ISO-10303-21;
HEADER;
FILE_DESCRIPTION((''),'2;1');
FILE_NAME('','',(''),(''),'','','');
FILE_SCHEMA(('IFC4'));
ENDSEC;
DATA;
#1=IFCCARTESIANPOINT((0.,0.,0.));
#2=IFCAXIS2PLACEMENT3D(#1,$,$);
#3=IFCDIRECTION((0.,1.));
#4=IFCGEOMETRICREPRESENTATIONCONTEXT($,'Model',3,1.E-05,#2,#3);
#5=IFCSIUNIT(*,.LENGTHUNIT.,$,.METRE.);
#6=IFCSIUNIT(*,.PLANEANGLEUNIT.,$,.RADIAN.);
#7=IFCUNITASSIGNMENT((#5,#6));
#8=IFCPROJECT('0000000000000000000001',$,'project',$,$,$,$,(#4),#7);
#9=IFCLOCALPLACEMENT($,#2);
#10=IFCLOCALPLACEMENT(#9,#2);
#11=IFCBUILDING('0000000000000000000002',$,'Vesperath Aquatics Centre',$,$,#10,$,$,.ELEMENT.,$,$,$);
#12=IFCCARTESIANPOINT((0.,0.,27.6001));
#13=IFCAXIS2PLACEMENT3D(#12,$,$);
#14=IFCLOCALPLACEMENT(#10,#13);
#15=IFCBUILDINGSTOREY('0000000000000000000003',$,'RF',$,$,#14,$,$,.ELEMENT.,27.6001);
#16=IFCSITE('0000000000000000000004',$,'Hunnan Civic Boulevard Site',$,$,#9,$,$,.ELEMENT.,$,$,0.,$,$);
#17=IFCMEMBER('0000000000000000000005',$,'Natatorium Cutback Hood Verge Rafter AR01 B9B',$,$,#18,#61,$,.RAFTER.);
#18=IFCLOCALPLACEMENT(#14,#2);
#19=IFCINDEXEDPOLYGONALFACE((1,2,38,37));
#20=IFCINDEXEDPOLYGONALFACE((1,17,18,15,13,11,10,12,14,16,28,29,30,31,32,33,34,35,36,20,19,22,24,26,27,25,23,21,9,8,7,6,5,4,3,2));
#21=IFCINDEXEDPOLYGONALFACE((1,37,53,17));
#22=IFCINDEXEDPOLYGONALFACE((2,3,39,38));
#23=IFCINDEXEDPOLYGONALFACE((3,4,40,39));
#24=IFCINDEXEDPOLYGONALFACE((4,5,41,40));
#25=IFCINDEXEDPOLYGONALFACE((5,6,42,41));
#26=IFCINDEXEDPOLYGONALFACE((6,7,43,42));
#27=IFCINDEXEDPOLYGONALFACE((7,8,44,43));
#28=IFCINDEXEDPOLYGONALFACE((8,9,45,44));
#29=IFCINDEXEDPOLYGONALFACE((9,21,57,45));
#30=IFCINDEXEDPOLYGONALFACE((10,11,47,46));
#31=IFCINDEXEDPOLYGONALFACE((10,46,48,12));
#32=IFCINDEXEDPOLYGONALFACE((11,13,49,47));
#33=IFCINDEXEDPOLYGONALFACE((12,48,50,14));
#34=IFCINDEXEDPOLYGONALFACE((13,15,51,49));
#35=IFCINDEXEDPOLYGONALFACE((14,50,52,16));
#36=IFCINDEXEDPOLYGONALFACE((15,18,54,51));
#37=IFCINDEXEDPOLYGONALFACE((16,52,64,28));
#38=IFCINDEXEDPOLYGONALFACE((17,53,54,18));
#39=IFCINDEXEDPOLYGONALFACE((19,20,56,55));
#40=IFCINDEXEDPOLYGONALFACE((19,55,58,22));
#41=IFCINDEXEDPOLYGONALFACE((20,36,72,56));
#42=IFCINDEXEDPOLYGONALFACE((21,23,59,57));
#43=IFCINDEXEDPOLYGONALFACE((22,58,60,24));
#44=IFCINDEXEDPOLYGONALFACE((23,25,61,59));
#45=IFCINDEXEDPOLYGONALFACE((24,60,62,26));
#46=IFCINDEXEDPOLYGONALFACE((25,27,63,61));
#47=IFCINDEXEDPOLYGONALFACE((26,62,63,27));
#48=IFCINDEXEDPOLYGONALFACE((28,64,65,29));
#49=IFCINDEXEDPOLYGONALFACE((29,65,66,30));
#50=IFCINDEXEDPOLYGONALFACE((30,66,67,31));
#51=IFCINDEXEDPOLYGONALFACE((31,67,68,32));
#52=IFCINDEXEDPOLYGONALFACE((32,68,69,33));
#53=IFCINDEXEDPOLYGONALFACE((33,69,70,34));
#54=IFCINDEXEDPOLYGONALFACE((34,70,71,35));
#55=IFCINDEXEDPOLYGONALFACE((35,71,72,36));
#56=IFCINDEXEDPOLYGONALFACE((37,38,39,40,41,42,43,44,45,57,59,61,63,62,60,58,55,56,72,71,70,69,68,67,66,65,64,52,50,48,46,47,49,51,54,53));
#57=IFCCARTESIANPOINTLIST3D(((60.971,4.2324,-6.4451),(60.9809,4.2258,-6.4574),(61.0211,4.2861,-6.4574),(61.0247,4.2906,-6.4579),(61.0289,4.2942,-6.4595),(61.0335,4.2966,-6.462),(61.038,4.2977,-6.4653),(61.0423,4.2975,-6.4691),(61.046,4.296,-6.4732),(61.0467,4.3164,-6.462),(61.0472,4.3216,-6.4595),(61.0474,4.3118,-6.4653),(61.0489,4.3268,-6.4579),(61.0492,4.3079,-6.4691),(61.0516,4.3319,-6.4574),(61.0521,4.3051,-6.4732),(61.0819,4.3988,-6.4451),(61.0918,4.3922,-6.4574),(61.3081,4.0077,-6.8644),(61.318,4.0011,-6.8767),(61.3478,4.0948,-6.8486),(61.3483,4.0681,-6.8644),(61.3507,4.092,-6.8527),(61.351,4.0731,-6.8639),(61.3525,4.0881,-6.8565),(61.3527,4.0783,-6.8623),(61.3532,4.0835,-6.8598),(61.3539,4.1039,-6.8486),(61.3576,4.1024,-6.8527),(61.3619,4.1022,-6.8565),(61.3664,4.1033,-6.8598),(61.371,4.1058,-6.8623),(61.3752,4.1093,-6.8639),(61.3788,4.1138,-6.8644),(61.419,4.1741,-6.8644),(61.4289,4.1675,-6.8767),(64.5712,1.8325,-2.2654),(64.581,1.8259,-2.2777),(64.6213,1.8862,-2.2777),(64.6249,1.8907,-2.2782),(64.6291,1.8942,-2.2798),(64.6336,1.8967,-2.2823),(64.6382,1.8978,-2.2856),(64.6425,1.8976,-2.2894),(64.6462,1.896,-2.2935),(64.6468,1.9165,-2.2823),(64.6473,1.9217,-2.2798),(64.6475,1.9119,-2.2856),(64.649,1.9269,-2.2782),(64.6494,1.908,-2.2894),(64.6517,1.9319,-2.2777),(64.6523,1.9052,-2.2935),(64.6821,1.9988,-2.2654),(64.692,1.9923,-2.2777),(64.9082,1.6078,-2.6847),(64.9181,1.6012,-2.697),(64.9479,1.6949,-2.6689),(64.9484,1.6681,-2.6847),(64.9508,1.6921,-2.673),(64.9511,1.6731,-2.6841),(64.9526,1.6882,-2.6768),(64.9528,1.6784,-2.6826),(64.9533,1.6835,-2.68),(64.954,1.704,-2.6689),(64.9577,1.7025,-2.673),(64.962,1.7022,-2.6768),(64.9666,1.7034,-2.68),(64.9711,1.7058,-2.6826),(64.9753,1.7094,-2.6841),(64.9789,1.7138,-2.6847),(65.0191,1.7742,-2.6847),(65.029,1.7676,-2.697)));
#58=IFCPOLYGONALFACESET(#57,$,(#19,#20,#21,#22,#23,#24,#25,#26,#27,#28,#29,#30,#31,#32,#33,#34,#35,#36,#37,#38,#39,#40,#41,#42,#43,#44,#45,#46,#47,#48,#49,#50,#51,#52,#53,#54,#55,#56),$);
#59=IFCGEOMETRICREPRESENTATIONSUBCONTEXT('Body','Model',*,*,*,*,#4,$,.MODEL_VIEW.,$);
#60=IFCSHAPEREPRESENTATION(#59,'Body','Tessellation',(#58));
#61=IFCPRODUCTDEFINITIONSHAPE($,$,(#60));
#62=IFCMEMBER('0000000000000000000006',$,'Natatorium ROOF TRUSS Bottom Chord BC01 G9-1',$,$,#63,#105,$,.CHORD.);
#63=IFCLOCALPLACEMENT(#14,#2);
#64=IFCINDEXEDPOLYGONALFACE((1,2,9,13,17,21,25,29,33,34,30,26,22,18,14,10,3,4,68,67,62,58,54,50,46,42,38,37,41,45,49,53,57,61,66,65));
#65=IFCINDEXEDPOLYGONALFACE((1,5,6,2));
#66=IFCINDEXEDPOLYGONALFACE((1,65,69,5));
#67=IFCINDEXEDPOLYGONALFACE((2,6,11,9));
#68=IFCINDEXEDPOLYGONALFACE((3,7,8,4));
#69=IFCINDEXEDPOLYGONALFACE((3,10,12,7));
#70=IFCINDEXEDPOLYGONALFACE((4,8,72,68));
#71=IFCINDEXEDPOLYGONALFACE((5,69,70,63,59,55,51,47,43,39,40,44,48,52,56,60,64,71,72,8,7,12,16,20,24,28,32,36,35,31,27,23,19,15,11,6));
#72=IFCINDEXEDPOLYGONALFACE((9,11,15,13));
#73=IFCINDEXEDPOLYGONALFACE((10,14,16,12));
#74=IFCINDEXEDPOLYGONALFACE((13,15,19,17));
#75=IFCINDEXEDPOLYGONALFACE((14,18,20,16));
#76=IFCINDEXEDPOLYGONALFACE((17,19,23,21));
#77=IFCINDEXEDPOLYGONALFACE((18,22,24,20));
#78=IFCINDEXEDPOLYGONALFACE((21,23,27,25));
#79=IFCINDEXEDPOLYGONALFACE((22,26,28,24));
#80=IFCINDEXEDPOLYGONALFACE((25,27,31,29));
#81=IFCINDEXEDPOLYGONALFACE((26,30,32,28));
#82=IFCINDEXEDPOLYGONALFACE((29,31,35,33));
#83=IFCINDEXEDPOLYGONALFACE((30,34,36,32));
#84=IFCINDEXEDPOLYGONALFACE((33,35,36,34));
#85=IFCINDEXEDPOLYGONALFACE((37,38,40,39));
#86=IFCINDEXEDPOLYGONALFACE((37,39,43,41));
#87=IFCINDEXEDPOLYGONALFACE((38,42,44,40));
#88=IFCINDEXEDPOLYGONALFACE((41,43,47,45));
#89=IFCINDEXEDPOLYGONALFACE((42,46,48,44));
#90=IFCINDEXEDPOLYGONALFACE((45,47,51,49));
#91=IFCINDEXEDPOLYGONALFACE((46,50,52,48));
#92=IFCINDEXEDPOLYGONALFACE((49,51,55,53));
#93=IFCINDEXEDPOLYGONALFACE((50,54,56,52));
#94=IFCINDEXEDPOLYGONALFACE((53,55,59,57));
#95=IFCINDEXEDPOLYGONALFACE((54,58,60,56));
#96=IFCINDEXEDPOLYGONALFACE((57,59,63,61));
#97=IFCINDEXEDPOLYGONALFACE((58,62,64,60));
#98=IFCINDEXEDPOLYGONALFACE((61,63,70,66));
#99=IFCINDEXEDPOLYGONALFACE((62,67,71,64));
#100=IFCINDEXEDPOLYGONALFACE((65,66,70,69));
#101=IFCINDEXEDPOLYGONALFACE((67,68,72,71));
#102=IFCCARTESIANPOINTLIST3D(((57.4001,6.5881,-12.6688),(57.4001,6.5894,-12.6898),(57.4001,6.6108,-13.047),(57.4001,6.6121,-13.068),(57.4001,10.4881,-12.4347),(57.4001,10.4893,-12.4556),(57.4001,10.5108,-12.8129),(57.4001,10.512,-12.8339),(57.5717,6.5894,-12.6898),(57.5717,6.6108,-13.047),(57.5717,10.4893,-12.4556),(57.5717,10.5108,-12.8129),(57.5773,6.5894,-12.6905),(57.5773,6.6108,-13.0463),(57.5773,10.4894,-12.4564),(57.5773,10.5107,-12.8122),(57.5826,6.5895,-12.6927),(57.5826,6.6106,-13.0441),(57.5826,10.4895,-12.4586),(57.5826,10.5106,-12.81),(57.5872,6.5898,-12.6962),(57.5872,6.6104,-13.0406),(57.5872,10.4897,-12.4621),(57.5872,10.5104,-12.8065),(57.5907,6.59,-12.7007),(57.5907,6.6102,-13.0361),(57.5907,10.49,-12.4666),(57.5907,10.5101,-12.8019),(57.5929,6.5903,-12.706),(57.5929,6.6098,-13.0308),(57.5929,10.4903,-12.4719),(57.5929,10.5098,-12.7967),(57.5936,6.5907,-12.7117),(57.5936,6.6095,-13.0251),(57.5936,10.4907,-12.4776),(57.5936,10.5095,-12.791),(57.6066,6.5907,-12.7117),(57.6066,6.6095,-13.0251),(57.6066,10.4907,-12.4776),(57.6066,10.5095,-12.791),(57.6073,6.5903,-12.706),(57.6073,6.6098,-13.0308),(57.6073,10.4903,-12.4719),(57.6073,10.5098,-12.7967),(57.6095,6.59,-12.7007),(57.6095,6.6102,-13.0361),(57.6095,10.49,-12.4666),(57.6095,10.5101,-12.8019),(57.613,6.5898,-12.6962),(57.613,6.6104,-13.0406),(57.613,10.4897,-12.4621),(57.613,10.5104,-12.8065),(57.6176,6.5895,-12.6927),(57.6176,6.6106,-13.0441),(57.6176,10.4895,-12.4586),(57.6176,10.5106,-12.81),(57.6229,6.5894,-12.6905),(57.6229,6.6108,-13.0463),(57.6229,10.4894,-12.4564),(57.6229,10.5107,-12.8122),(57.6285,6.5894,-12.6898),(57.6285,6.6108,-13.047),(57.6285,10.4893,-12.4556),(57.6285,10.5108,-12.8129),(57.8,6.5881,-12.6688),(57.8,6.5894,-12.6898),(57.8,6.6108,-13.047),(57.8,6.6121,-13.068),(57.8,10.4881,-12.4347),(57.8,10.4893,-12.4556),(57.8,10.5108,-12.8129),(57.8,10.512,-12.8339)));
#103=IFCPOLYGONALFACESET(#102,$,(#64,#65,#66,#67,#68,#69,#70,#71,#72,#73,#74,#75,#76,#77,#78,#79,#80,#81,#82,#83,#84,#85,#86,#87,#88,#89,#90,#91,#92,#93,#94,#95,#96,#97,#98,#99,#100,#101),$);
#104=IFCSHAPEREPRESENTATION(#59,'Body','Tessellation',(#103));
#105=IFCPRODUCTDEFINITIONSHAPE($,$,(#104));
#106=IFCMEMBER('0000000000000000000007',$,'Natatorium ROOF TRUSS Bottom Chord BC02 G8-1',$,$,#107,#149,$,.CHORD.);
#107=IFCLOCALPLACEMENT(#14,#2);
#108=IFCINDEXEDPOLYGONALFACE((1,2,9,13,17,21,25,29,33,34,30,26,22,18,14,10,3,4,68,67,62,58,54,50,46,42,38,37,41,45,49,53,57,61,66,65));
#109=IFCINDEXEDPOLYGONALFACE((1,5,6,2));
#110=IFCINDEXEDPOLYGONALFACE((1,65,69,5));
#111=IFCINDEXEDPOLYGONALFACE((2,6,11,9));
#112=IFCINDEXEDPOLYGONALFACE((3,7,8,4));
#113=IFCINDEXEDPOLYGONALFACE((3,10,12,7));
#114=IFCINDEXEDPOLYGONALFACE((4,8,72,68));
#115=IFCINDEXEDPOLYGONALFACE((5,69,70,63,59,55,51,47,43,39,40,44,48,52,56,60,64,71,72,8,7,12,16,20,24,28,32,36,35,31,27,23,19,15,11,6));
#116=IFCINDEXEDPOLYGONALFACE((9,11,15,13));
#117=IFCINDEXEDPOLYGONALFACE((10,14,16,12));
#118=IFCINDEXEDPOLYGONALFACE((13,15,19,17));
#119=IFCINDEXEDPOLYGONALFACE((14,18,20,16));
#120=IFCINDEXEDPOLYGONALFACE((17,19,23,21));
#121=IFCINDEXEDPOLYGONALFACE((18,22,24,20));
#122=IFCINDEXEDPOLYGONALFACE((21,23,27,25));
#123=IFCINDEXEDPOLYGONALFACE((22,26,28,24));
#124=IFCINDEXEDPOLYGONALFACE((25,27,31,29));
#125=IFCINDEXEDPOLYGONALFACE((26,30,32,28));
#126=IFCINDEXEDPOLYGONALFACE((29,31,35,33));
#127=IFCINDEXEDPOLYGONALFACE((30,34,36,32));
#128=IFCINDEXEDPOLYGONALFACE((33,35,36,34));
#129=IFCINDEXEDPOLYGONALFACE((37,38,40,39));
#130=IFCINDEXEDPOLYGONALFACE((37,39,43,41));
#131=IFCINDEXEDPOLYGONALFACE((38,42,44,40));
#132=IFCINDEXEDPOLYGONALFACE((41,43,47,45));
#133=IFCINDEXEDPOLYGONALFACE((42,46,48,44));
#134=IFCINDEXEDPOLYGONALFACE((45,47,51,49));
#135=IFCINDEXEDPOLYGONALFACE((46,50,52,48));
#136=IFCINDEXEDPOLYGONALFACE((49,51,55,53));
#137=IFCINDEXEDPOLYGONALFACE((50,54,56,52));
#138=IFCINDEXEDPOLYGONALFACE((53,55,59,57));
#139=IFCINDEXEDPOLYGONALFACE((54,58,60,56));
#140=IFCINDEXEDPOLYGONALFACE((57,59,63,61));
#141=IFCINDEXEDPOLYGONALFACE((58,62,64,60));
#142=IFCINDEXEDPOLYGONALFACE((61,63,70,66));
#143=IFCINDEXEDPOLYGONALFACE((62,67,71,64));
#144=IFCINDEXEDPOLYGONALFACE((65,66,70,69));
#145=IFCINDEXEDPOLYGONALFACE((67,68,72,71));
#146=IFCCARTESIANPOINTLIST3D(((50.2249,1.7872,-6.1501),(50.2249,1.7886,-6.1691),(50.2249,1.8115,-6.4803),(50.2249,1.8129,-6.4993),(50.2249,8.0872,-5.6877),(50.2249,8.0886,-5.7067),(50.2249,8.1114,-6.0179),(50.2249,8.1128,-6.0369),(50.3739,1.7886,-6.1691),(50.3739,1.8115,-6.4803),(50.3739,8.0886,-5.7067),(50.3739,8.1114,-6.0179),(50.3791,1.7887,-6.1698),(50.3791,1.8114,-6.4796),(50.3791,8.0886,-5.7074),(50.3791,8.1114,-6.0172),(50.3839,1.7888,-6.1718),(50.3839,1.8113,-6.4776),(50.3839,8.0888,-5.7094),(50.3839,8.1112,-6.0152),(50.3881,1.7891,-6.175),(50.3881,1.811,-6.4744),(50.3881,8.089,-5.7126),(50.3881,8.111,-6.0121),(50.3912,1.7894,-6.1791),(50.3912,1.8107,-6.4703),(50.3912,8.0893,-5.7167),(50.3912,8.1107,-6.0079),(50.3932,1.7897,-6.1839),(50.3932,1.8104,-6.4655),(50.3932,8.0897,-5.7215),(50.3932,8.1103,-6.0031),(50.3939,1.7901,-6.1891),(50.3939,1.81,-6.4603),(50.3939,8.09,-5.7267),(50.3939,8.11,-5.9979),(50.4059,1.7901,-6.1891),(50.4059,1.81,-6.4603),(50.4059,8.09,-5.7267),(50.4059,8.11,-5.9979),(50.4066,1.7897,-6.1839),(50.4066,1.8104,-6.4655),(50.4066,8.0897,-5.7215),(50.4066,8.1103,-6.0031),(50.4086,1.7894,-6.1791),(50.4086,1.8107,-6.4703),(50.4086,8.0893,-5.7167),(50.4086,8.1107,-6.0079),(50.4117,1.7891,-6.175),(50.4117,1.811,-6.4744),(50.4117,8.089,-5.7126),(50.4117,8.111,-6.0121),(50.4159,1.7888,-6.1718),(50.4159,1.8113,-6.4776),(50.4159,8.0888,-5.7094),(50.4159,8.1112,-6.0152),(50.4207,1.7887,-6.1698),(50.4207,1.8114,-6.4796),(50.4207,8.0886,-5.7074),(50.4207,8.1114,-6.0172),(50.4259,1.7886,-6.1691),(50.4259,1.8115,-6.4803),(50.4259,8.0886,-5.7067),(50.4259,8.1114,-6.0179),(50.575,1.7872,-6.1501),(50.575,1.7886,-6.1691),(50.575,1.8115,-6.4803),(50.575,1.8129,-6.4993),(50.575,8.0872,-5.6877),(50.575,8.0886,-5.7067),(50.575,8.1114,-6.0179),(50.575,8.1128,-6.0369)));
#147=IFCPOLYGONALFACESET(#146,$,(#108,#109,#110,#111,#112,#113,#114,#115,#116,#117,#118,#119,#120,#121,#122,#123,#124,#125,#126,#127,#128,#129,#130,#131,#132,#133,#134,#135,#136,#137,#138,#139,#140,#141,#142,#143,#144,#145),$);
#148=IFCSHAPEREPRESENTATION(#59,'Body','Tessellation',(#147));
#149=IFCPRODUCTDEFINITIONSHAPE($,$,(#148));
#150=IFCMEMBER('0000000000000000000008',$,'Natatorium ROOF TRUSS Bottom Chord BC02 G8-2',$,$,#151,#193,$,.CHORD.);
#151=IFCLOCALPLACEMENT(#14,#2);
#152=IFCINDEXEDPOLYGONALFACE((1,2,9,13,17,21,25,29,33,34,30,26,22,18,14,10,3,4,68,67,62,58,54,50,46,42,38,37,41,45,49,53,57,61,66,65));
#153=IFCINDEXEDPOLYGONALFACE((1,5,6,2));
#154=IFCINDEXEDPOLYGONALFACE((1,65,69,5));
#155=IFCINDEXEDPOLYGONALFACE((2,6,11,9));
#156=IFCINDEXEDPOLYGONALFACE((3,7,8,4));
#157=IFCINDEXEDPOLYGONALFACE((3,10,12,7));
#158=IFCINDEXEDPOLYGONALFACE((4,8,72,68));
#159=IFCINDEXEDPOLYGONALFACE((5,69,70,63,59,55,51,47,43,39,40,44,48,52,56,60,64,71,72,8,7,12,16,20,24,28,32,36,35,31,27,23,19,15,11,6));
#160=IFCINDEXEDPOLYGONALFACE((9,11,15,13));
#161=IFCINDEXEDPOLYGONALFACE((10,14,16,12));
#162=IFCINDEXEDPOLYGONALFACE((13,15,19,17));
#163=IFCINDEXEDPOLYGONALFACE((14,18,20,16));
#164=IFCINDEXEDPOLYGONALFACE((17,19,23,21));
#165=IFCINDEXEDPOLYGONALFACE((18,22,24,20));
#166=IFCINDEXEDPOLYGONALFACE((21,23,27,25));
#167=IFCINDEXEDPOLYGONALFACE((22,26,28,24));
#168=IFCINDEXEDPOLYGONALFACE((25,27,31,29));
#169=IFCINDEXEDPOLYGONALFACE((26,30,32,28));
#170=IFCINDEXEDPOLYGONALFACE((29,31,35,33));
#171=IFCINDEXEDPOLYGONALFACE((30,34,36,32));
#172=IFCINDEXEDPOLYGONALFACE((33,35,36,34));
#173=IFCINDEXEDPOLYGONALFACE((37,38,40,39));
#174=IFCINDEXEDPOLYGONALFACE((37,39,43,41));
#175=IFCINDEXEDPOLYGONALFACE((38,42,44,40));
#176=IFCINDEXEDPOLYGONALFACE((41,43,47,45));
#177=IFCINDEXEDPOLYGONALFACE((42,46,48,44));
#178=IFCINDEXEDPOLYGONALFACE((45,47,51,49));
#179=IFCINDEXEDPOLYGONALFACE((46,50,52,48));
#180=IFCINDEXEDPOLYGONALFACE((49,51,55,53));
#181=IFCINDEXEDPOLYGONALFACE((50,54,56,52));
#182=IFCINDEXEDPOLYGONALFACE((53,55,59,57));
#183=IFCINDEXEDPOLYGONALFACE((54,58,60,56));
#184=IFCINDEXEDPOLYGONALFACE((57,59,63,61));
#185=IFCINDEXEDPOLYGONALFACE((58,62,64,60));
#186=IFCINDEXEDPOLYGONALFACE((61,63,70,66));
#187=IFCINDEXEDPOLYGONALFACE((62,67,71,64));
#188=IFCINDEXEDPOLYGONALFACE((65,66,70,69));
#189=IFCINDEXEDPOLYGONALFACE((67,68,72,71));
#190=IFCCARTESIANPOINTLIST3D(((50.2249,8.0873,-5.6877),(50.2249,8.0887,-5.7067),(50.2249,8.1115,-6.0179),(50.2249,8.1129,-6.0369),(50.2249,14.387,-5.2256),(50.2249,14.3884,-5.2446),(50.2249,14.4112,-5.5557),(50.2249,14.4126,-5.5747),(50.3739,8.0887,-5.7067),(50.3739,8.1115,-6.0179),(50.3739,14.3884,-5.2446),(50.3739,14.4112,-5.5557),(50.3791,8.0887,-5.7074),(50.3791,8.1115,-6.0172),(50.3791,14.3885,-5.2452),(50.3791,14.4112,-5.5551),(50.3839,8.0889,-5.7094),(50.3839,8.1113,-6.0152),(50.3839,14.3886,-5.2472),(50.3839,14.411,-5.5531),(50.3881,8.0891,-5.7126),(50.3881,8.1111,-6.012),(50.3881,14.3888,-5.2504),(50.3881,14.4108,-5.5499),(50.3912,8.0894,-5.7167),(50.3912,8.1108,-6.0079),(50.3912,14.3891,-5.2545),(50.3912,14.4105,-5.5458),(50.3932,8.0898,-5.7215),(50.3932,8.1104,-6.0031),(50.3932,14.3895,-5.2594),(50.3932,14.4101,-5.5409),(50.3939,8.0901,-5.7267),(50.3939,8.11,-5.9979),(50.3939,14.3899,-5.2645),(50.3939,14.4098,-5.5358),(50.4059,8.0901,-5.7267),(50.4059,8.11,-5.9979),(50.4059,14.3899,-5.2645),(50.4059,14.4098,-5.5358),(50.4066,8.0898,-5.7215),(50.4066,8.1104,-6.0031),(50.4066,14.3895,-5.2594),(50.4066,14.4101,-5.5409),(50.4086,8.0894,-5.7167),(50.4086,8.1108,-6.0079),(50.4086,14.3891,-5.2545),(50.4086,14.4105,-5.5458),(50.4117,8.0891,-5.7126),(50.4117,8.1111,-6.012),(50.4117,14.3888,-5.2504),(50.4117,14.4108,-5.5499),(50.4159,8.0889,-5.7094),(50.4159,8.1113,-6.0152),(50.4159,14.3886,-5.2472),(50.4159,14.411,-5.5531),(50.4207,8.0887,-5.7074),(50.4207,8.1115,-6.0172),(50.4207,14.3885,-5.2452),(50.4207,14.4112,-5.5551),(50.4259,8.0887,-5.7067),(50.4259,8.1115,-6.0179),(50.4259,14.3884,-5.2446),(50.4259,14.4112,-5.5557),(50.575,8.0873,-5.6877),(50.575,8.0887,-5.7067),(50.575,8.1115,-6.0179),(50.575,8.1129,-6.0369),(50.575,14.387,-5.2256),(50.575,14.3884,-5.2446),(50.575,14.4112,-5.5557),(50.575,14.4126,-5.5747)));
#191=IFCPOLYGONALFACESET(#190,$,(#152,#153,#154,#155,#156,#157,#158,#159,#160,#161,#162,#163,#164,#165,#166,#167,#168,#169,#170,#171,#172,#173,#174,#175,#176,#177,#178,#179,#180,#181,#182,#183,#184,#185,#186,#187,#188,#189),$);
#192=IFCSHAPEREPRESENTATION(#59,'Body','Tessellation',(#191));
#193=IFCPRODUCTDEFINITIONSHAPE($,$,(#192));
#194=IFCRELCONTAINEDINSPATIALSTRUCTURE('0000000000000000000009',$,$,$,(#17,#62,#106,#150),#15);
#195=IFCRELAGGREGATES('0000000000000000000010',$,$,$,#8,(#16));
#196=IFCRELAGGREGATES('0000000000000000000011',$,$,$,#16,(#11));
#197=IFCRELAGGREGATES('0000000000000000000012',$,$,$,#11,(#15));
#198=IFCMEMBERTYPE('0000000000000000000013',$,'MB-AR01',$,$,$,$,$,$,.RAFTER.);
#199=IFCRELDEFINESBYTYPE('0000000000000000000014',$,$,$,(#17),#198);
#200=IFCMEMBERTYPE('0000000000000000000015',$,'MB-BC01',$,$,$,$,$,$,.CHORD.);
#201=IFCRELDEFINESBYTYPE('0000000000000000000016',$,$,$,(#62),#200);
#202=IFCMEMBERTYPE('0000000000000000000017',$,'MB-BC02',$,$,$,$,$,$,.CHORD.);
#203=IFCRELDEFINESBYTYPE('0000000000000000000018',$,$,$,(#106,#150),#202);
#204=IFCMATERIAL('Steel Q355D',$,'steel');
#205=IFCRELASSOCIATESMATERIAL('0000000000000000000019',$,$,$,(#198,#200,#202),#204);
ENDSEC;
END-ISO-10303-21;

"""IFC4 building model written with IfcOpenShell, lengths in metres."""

from ifc_helpers import new_model, si_unit, direction, frame, origin, origin_2d, place, context, subcontext, project, spatial, i_section, extrude, material, material_profile, profile_set, type_object, element, save


model = new_model("IFC4")

# Units and contexts
model_context = context("Model", 3, precision=1e-05, world=origin(), true_north=direction((0.0, 1.0)))
body_context = subcontext(model_context, "Body", "Model", "MODEL_VIEW")
ifc_project = project(units=[si_unit("LENGTHUNIT", "METRE"), si_unit("PLANEANGLEUNIT", "RADIAN")], contexts=[model_context])

# Site, building, storey
site_placement = place(None, origin())
site = spatial("IfcSite", under=ifc_project, at=site_placement, Name="Hunnan Civic Boulevard Site", CompositionType="ELEMENT", RefElevation=0.0)
building_placement = place(site_placement, origin())
building = spatial("IfcBuilding", under=site, at=building_placement, Name="Vesperath Aquatics Centre", CompositionType="ELEMENT")
storey_placement = place(building_placement, frame((0.0, 0.0, 27.6001)))
storey = spatial("IfcBuildingStorey", under=building, at=storey_placement, Name="RF", CompositionType="ELEMENT", Elevation=27.6001)

# Members
ifc_material_1 = material(Name="Steel Q355D", Category="steel")
ifc_material_profile_1 = material_profile(ifc_material_1, i_section(OverallWidth=0.2, OverallDepth=0.6001, WebThickness=0.011, FlangeThickness=0.0171, FilletRadius=0.022, at=origin_2d()), Name="HN 600x200x11x17")
ifc_profile_set_1 = profile_set([ifc_material_profile_1], Name="Steel Q355D")
member_type_1 = type_object("IfcMemberType", Name="MB-AR01", PredefinedType="RAFTER", material=ifc_profile_set_1)
for number, where, z_axis, x_axis, name in (
    (1, (61.2, 4.2, -6.6609), (0.598439, -0.398932, 0.694783), (0.554674, 0.832068, 0.0), "Natatorium Cutback Hood Verge Rafter AR01 B9B"),
):
    element("IfcMember", number, at=place(storey_placement, frame(where, z_axis=z_axis, x_axis=x_axis)), inside=storey, type_object=member_type_1, Name=name, PredefinedType="RAFTER", context=body_context, shape_type="SweptSolid", body=[
        extrude(i_section(OverallWidth=0.2, OverallDepth=0.6001, WebThickness=0.011, FlangeThickness=0.0171, FilletRadius=0.022, at=origin_2d()), origin(), (0.0, 0.0, 1.0), 6.0159),
    ])
ifc_material_profile_2 = material_profile(ifc_material_1, i_section(OverallWidth=0.3999, OverallDepth=0.3999, WebThickness=0.0129, FlangeThickness=0.021, FilletRadius=0.022, at=origin_2d()), Name="HW 400x400x13x21")
ifc_profile_set_2 = profile_set([ifc_material_profile_2], Name="Steel Q355D")
member_type_2 = type_object("IfcMemberType", Name="MB-BC01", PredefinedType="CHORD", material=ifc_profile_set_2)
member_1_placement = place(storey_placement, frame((57.6001, 6.6001, -12.8684), z_axis=(0.0, 0.998203, 0.059927), x_axis=(-1.0, 0.0, 0.0)))
element("IfcMember", 2, at=member_1_placement, inside=storey, type_object=member_type_2, Name="Natatorium ROOF TRUSS Bottom Chord BC01 G9-1", PredefinedType="CHORD", context=body_context, shape_type="SweptSolid", body=[
    extrude(i_section(OverallWidth=0.3999, OverallDepth=0.3999, WebThickness=0.0129, FlangeThickness=0.021, FilletRadius=0.022, at=origin_2d()), origin(), (0.0, 0.0, 1.0), 3.907),
])
ifc_material_profile_3 = material_profile(ifc_material_1, i_section(OverallWidth=0.3501, OverallDepth=0.3501, WebThickness=0.012, FlangeThickness=0.019, FilletRadius=0.02, at=origin_2d()), Name="HW 350x350x12x19")
ifc_profile_set_3 = profile_set([ifc_material_profile_3], Name="Steel Q355D")
member_type_3 = type_object("IfcMemberType", Name="MB-BC02", PredefinedType="CHORD", material=ifc_profile_set_3)
member_2_placement = place(storey_placement, frame((50.3999, 1.8, -6.3247), z_axis=(0.0, 0.997317, 0.0732), x_axis=(-1.0, 0.0, 0.0)))
element("IfcMember", 3, at=member_2_placement, inside=storey, type_object=member_type_3, Name="Natatorium ROOF TRUSS Bottom Chord BC02 G8-1", PredefinedType="CHORD", context=body_context, shape_type="SweptSolid", body=[
    extrude(i_section(OverallWidth=0.3501, OverallDepth=0.3501, WebThickness=0.012, FlangeThickness=0.019, FilletRadius=0.02, at=origin_2d()), origin(), (0.0, 0.0, 1.0), 6.3169),
])
member_3_placement = place(storey_placement, frame((50.3999, 8.1001, -5.8623), z_axis=(0.0, 0.99732, 0.073164), x_axis=(-1.0, 0.0, 0.0)))
element("IfcMember", 4, at=member_3_placement, inside=storey, type_object=member_type_3, Name="Natatorium ROOF TRUSS Bottom Chord BC02 G8-2", PredefinedType="CHORD", context=body_context, shape_type="SweptSolid", body=[
    extrude(i_section(OverallWidth=0.3501, OverallDepth=0.3501, WebThickness=0.012, FlangeThickness=0.019, FilletRadius=0.02, at=origin_2d()), origin(), (0.0, 0.0, 1.0), 6.3167),
])

save(model, "model.ifc")
